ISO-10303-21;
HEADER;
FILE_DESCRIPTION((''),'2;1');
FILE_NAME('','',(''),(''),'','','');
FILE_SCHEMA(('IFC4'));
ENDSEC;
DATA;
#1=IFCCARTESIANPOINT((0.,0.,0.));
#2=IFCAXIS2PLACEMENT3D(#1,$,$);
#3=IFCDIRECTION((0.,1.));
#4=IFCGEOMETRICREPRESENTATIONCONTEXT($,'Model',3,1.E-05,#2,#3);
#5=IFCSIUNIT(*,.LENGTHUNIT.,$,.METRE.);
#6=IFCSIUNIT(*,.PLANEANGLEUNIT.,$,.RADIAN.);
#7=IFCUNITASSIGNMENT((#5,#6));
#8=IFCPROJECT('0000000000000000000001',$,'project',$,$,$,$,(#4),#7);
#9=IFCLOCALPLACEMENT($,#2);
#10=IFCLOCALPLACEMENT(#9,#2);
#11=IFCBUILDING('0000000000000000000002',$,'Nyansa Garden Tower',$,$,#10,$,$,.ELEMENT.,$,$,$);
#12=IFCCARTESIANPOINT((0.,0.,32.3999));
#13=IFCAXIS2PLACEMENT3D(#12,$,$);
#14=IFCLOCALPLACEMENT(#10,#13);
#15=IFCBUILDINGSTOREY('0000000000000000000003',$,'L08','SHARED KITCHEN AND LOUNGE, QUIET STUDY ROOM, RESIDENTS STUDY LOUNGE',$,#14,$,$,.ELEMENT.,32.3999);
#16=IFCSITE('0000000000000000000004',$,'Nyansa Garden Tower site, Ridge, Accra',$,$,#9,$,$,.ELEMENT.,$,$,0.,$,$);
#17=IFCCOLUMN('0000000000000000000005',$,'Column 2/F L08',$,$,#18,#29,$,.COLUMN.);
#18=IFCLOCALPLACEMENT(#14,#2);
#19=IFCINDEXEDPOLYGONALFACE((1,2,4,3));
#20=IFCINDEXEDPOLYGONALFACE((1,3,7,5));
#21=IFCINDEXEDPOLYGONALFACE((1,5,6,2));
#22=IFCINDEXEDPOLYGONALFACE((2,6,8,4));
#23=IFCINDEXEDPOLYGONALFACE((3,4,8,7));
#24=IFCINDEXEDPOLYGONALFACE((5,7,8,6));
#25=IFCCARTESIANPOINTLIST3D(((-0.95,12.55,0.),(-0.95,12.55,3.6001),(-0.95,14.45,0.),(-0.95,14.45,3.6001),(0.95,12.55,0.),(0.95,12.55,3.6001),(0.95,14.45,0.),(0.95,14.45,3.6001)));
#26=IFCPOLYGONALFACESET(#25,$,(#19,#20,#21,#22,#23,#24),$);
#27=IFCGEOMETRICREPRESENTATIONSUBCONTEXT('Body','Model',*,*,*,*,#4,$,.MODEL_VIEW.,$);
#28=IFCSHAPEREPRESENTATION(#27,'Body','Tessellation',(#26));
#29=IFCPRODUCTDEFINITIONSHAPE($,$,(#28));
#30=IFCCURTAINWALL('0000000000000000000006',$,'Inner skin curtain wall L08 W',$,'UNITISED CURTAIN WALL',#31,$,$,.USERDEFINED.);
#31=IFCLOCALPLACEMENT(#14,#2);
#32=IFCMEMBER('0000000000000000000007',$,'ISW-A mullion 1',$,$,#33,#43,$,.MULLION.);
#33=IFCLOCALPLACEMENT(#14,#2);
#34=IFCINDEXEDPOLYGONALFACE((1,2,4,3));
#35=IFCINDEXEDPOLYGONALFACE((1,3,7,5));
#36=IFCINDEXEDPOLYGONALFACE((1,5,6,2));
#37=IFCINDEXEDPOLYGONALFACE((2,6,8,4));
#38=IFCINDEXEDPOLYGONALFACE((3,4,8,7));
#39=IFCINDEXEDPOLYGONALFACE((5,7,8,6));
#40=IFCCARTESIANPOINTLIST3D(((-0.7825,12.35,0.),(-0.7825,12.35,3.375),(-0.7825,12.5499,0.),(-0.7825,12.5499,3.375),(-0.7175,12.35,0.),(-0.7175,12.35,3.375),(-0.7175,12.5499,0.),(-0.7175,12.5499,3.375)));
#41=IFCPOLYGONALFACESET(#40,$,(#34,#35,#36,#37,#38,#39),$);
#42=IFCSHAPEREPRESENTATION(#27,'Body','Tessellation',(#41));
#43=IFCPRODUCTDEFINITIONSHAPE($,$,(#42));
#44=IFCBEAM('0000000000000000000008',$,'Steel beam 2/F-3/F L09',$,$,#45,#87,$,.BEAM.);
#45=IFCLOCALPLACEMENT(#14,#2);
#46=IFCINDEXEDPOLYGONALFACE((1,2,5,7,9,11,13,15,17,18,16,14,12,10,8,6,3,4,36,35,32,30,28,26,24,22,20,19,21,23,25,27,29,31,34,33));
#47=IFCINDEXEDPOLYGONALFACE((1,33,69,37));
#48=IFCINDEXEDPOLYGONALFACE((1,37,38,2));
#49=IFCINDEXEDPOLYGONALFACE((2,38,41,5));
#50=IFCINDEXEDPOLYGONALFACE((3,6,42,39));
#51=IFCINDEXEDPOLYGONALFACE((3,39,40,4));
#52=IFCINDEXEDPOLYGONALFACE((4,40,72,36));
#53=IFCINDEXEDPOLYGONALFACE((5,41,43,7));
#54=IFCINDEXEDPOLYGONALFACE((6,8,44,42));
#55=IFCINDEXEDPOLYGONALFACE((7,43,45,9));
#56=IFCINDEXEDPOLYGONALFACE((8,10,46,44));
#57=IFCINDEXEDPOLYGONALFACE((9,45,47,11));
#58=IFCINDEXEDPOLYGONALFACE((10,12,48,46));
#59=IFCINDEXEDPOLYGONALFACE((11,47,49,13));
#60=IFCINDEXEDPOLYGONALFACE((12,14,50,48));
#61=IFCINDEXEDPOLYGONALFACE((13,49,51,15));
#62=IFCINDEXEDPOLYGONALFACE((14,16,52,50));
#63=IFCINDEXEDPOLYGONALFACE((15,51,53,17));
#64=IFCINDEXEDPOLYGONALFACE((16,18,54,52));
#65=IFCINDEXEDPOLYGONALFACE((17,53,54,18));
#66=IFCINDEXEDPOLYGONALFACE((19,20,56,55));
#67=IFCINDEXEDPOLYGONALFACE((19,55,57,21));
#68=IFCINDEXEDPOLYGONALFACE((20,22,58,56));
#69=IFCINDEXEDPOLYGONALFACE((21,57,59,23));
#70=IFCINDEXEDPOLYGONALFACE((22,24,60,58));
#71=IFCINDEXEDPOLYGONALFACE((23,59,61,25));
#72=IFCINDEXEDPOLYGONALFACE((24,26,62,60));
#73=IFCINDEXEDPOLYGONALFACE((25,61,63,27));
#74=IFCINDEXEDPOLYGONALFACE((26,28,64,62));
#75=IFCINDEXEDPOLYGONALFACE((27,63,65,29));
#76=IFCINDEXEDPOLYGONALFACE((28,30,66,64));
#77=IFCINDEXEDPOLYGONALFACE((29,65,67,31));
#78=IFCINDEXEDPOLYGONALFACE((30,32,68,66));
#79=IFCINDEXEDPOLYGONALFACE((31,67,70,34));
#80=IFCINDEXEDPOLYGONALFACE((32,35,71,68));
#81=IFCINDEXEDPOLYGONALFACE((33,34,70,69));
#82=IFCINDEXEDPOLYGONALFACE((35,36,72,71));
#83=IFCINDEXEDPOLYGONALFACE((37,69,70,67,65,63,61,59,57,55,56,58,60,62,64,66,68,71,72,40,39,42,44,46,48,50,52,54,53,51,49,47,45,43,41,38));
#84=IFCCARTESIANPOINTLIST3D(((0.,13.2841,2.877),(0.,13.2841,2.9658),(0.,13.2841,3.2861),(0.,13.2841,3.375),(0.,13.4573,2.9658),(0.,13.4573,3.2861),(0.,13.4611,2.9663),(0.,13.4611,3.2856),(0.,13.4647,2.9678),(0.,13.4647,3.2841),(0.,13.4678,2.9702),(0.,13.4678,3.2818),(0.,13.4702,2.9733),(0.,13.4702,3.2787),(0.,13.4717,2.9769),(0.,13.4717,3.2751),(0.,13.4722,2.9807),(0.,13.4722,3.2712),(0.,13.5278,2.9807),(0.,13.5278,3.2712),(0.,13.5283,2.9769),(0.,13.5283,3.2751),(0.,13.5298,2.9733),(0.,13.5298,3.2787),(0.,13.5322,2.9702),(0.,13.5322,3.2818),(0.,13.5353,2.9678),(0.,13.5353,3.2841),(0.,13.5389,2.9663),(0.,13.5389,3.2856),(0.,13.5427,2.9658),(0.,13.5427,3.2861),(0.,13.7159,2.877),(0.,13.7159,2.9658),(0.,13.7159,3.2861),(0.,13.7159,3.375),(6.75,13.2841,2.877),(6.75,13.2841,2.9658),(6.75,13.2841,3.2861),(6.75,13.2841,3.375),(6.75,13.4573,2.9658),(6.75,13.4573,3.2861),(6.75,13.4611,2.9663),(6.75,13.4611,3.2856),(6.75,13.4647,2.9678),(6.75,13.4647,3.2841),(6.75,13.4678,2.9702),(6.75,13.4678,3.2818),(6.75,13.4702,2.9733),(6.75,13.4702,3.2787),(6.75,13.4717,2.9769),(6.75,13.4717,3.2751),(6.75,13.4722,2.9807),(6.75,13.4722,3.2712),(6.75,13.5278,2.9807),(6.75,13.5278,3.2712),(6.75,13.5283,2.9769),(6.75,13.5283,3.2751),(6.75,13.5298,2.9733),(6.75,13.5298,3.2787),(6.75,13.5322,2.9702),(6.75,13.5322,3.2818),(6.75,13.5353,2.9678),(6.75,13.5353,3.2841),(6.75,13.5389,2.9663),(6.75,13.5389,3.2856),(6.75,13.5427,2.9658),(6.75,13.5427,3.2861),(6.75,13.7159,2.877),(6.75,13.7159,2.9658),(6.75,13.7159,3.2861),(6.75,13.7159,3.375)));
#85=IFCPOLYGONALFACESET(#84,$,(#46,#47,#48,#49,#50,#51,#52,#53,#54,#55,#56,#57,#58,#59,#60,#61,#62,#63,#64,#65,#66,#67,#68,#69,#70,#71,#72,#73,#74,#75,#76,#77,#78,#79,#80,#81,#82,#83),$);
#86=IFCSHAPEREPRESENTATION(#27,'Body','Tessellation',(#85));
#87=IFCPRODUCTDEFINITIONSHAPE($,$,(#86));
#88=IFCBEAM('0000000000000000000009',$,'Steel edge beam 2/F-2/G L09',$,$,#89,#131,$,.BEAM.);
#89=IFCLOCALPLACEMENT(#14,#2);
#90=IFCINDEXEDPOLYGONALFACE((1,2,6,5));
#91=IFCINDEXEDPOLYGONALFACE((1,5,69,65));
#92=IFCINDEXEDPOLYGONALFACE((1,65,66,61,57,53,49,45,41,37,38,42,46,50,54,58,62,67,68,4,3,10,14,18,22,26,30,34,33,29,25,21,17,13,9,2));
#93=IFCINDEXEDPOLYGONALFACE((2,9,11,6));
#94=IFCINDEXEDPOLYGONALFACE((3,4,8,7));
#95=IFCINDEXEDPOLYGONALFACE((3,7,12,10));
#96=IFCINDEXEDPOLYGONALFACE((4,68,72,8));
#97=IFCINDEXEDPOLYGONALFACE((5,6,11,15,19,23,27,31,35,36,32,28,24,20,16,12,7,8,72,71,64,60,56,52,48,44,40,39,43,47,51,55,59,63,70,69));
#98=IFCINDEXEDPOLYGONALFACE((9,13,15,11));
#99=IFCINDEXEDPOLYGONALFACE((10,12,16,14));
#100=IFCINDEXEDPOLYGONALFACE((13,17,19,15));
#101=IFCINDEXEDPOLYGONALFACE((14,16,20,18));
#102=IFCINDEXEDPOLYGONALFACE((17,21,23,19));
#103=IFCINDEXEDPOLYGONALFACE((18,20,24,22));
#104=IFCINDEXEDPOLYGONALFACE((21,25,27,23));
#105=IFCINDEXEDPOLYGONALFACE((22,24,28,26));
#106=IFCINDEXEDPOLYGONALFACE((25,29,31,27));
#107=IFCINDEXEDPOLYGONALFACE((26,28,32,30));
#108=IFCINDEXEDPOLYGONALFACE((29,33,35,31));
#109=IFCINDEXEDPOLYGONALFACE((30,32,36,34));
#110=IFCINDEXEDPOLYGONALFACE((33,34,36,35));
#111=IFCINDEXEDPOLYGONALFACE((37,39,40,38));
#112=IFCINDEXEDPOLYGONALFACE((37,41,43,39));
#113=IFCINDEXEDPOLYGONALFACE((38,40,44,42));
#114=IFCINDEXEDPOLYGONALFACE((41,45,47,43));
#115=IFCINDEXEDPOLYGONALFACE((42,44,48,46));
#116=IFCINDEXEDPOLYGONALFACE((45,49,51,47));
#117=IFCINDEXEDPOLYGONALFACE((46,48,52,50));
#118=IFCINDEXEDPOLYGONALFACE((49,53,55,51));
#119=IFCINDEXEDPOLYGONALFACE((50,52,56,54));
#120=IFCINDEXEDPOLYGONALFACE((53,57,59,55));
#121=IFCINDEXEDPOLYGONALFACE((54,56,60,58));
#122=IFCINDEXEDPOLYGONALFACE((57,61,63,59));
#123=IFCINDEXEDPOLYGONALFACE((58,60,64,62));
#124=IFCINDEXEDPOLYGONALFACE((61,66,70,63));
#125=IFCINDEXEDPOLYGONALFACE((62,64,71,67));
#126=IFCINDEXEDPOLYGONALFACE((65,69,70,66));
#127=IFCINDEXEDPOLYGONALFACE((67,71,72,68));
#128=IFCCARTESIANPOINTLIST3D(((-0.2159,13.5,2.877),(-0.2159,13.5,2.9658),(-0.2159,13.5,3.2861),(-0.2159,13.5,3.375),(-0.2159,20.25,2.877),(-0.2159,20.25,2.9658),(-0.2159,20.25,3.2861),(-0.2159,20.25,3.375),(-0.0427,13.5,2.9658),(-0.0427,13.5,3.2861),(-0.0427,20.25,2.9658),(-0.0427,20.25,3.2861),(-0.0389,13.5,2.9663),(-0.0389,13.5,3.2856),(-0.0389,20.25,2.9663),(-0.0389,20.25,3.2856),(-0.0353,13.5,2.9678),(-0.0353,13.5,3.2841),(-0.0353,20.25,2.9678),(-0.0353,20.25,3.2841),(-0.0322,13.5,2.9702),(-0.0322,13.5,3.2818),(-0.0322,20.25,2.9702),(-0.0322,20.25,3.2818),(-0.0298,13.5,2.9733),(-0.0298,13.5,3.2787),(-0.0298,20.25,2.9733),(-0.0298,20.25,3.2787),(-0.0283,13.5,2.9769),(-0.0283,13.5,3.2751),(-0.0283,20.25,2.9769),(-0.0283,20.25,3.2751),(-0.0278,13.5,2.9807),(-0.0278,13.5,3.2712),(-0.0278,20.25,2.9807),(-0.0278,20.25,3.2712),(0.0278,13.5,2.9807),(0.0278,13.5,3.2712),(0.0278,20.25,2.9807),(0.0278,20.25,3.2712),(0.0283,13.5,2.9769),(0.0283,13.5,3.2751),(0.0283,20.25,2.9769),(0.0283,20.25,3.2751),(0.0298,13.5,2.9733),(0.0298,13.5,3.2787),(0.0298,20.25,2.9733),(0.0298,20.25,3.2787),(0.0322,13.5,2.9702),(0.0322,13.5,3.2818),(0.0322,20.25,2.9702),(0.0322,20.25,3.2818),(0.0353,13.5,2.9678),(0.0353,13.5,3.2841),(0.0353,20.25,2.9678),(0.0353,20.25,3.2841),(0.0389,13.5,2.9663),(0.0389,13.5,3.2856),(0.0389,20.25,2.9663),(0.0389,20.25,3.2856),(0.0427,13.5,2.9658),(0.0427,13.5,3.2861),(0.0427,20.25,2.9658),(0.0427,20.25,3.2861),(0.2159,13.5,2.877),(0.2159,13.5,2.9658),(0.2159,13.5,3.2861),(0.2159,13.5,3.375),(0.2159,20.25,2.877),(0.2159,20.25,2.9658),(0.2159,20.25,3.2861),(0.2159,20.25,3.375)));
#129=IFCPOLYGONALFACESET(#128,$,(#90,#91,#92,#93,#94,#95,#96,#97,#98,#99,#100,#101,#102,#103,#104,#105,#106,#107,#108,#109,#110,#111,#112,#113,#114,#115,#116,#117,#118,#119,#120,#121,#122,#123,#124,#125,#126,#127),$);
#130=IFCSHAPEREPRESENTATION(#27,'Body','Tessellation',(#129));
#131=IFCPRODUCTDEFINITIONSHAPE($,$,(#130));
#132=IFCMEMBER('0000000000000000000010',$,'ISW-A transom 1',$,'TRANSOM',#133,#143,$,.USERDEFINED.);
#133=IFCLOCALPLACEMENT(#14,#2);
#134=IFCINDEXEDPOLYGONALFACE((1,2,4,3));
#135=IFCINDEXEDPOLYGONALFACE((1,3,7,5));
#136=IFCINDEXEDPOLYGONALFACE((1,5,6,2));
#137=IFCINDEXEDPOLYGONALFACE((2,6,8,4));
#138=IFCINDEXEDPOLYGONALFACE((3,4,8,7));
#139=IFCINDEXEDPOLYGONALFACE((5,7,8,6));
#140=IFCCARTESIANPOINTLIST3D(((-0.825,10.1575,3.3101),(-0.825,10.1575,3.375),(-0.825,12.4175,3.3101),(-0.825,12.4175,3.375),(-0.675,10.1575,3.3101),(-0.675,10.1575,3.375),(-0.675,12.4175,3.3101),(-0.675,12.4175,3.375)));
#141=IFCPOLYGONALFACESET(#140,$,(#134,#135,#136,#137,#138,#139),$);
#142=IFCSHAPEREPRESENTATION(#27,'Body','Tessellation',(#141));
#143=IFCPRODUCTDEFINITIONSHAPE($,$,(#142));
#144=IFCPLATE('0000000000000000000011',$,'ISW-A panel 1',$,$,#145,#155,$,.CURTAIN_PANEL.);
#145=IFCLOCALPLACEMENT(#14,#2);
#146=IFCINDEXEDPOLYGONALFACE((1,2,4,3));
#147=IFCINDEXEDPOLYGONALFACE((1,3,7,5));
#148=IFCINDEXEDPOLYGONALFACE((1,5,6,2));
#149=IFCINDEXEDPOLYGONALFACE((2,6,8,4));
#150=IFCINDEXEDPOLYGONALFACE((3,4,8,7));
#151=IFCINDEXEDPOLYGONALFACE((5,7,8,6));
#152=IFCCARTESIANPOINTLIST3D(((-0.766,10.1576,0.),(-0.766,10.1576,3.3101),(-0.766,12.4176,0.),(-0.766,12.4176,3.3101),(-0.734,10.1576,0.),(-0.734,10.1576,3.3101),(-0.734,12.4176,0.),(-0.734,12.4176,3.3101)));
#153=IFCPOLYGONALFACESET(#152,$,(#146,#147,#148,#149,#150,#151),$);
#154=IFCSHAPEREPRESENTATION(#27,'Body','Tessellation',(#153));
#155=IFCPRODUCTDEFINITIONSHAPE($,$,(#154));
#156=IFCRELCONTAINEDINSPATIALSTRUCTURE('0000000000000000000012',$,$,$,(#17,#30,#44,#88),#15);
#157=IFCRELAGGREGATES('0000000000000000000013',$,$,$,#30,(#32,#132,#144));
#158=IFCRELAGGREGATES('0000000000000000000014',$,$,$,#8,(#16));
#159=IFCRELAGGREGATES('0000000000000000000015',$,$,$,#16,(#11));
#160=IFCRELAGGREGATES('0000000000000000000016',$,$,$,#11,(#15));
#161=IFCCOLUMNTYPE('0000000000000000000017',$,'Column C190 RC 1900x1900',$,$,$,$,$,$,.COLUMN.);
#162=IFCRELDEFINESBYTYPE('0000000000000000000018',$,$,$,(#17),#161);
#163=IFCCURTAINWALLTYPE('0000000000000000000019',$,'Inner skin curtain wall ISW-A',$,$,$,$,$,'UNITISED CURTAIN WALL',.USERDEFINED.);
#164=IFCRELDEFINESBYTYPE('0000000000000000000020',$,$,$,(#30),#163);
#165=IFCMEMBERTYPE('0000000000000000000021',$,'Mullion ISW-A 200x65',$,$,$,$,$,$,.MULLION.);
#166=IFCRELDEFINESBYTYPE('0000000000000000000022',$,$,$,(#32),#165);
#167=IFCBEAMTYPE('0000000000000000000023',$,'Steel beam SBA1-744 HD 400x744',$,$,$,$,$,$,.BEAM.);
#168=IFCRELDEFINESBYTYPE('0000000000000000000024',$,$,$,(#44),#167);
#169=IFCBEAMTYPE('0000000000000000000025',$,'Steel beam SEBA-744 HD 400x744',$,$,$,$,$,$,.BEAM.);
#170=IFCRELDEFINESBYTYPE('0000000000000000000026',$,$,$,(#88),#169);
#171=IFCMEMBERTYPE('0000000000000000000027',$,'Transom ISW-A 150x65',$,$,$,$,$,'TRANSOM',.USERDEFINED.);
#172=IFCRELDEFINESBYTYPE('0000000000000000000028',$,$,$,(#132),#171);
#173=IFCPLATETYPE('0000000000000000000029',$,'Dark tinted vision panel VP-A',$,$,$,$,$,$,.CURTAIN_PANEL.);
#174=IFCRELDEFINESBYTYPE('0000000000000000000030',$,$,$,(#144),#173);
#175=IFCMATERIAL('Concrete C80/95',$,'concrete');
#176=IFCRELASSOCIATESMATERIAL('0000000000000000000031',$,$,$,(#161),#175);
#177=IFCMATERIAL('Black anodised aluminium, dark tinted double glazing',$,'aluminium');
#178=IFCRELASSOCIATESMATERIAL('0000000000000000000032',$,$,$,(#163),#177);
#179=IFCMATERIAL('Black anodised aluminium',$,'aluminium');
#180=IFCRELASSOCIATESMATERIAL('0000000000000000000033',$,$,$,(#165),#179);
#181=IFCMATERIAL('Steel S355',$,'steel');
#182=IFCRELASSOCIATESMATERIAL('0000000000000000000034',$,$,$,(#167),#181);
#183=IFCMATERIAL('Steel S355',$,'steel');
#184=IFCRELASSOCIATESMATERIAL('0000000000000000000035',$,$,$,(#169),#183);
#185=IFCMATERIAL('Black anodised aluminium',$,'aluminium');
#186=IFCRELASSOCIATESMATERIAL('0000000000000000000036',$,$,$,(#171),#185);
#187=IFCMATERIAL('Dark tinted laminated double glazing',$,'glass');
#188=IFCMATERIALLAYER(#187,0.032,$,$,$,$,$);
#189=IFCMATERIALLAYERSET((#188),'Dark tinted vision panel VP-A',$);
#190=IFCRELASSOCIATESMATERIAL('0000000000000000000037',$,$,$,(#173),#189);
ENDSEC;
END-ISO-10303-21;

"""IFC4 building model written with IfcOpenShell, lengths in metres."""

from ifc_helpers import new_model, si_unit, direction, frame, origin, origin_2d, place, context, subcontext, project, spatial, rectangle, i_section, extrude, material, layer, layer_set, material_profile, profile_set, type_object, element, aggregate, save


model = new_model("IFC4")

# Units and contexts
model_context = context("Model", 3, precision=1e-05, world=origin(), true_north=direction((0.0, 1.0)))
body_context = subcontext(model_context, "Body", "Model", "MODEL_VIEW")
ifc_project = project(units=[si_unit("LENGTHUNIT", "METRE"), si_unit("PLANEANGLEUNIT", "RADIAN")], contexts=[model_context])

# Site, building, storey
site_placement = place(None, origin())
site = spatial("IfcSite", under=ifc_project, at=site_placement, Name="Nyansa Garden Tower site, Ridge, Accra", CompositionType="ELEMENT", RefElevation=0.0)
building_placement = place(site_placement, origin())
building = spatial("IfcBuilding", under=site, at=building_placement, Name="Nyansa Garden Tower", CompositionType="ELEMENT")
storey_placement = place(building_placement, frame((0.0, 0.0, 32.3999)))
storey = spatial("IfcBuildingStorey", under=building, at=storey_placement, Name="L08", Description="SHARED KITCHEN AND LOUNGE, QUIET STUDY ROOM, RESIDENTS STUDY LOUNGE", CompositionType="ELEMENT", Elevation=32.3999)

# Column
ifc_material_1 = material(Name="Concrete C80/95", Category="concrete")
ifc_material_profile_1 = material_profile(ifc_material_1, rectangle(XDim=1.8999, YDim=1.8999, at=origin_2d()), Name="RC 1900x1900")
ifc_profile_set_1 = profile_set([ifc_material_profile_1], Name="Concrete C80/95")
column_type = type_object("IfcColumnType", Name="Column C190 RC 1900x1900", PredefinedType="COLUMN", material=ifc_profile_set_1)
column_placement = place(storey_placement, frame((0.0, 13.5, 0.0), z_axis=(0.0, 0.0, 1.0), x_axis=(1.0, 0.0, 0.0)))
element("IfcColumn", 1, at=column_placement, inside=storey, type_object=column_type, Name="Column 2/F L08", PredefinedType="COLUMN", context=body_context, shape_type="SweptSolid", body=[
    extrude(rectangle(XDim=1.8999, YDim=1.8999, at=origin_2d()), origin(), (0.0, 0.0, 1.0), 3.6001),
])

# Curtain wall, member
ifc_material_2 = material(Name="Black anodised aluminium, dark tinted double glazing", Category="aluminium")
curtain_wall_type = type_object("IfcCurtainWallType", Name="Inner skin curtain wall ISW-A", ElementType="UNITISED CURTAIN WALL", PredefinedType="USERDEFINED", material=ifc_material_2)
curtain_wall_placement = place(storey_placement, origin())
curtain_wall = element("IfcCurtainWall", 2, at=curtain_wall_placement, inside=storey, type_object=curtain_wall_type, Name="Inner skin curtain wall L08 W", ObjectType="UNITISED CURTAIN WALL", PredefinedType="USERDEFINED")
ifc_material_3 = material(Name="Black anodised aluminium", Category="aluminium")
ifc_material_profile_2 = material_profile(ifc_material_3, rectangle(XDim=0.0649, YDim=0.2, at=origin_2d()), Name="Mullion 200x65")
ifc_profile_set_2 = profile_set([ifc_material_profile_2], Name="Black anodised aluminium")
member_type_1 = type_object("IfcMemberType", Name="Mullion ISW-A 200x65", PredefinedType="MULLION", material=ifc_profile_set_2)
member_1_placement = place(storey_placement, frame((-0.75, 12.45, 0.0), z_axis=(0.0, 0.0, 1.0), x_axis=(1.0, 0.0, 0.0)))
member_1 = element("IfcMember", 3, at=member_1_placement, type_object=member_type_1, Name="ISW-A mullion 1", PredefinedType="MULLION", context=body_context, shape_type="SweptSolid", body=[
    extrude(rectangle(XDim=0.0649, YDim=0.2, at=origin_2d()), origin(), (0.0, 0.0, 1.0), 3.375),
])

# Beams
ifc_material_4 = material(Name="Steel S355", Category="steel")
ifc_material_profile_3 = material_profile(ifc_material_4, i_section(OverallWidth=0.4319, OverallDepth=0.498, WebThickness=0.0557, FlangeThickness=0.0889, FilletRadius=0.0149, at=origin_2d()), Name="HD 400x744")
ifc_profile_set_3 = profile_set([ifc_material_profile_3], Name="Steel S355")
beam_type_1 = type_object("IfcBeamType", Name="Steel beam SBA1-744 HD 400x744", PredefinedType="BEAM", material=ifc_profile_set_3)
beam_1_placement = place(storey_placement, frame((0.0, 13.5, 3.126), z_axis=(1.0, 0.0, 0.0), x_axis=(0.0, 1.0, 0.0)))
element("IfcBeam", 4, at=beam_1_placement, inside=storey, type_object=beam_type_1, Name="Steel beam 2/F-3/F L09", PredefinedType="BEAM", context=body_context, shape_type="SweptSolid", body=[
    extrude(i_section(OverallWidth=0.4319, OverallDepth=0.498, WebThickness=0.0557, FlangeThickness=0.0889, FilletRadius=0.0149, at=origin_2d()), origin(), (0.0, 0.0, 1.0), 6.75),
])
ifc_material_5 = material(Name="Steel S355", Category="steel")
ifc_material_profile_4 = material_profile(ifc_material_5, i_section(OverallWidth=0.4319, OverallDepth=0.498, WebThickness=0.0557, FlangeThickness=0.0889, FilletRadius=0.0149, at=origin_2d()), Name="HD 400x744")
ifc_profile_set_4 = profile_set([ifc_material_profile_4], Name="Steel S355")
beam_type_2 = type_object("IfcBeamType", Name="Steel beam SEBA-744 HD 400x744", PredefinedType="BEAM", material=ifc_profile_set_4)
beam_2_placement = place(storey_placement, frame((0.0, 13.5, 3.126), z_axis=(0.0, 1.0, 0.0), x_axis=(-1.0, 0.0, 0.0)))
element("IfcBeam", 5, at=beam_2_placement, inside=storey, type_object=beam_type_2, Name="Steel edge beam 2/F-2/G L09", PredefinedType="BEAM", context=body_context, shape_type="SweptSolid", body=[
    extrude(i_section(OverallWidth=0.4319, OverallDepth=0.498, WebThickness=0.0557, FlangeThickness=0.0889, FilletRadius=0.0149, at=origin_2d()), origin(), (0.0, 0.0, 1.0), 6.75),
])

# Member
ifc_material_6 = material(Name="Black anodised aluminium", Category="aluminium")
ifc_material_profile_5 = material_profile(ifc_material_6, rectangle(XDim=0.1499, YDim=0.0649, at=origin_2d()), Name="Transom 150x65")
ifc_profile_set_5 = profile_set([ifc_material_profile_5], Name="Black anodised aluminium")
member_type_2 = type_object("IfcMemberType", Name="Transom ISW-A 150x65", ElementType="TRANSOM", PredefinedType="USERDEFINED", material=ifc_profile_set_5)
member_2_placement = place(storey_placement, frame((-0.75, 12.4175, 3.3425), z_axis=(0.0, -1.0, 0.0), x_axis=(1.0, 0.0, 0.0)))
member_2 = element("IfcMember", 6, at=member_2_placement, type_object=member_type_2, Name="ISW-A transom 1", ObjectType="TRANSOM", PredefinedType="USERDEFINED", context=body_context, shape_type="SweptSolid", body=[
    extrude(rectangle(XDim=0.1499, YDim=0.0649, at=origin_2d()), origin(), (0.0, 0.0, 1.0), 2.26),
])

# Plate
ifc_material_7 = material(Name="Dark tinted laminated double glazing", Category="glass")
ifc_layer_1 = layer(ifc_material_7, 0.032)
ifc_layer_set_1 = layer_set([ifc_layer_1], Name="Dark tinted vision panel VP-A")
plate_type = type_object("IfcPlateType", Name="Dark tinted vision panel VP-A", PredefinedType="CURTAIN_PANEL", material=ifc_layer_set_1)
plate_placement = place(storey_placement, frame((-0.75, 11.2876, 0.0), z_axis=(0.0, 0.0, 1.0), x_axis=(0.0, -1.0, 0.0)))
plate = element("IfcPlate", 7, at=plate_placement, type_object=plate_type, Name="ISW-A panel 1", PredefinedType="CURTAIN_PANEL", context=body_context, shape_type="SweptSolid", body=[
    extrude(rectangle(XDim=2.26, YDim=0.032, at=origin_2d()), origin(), (0.0, 0.0, 1.0), 3.3101),
])
aggregate(curtain_wall, [member_1, member_2, plate])

save(model, "model.ifc")
